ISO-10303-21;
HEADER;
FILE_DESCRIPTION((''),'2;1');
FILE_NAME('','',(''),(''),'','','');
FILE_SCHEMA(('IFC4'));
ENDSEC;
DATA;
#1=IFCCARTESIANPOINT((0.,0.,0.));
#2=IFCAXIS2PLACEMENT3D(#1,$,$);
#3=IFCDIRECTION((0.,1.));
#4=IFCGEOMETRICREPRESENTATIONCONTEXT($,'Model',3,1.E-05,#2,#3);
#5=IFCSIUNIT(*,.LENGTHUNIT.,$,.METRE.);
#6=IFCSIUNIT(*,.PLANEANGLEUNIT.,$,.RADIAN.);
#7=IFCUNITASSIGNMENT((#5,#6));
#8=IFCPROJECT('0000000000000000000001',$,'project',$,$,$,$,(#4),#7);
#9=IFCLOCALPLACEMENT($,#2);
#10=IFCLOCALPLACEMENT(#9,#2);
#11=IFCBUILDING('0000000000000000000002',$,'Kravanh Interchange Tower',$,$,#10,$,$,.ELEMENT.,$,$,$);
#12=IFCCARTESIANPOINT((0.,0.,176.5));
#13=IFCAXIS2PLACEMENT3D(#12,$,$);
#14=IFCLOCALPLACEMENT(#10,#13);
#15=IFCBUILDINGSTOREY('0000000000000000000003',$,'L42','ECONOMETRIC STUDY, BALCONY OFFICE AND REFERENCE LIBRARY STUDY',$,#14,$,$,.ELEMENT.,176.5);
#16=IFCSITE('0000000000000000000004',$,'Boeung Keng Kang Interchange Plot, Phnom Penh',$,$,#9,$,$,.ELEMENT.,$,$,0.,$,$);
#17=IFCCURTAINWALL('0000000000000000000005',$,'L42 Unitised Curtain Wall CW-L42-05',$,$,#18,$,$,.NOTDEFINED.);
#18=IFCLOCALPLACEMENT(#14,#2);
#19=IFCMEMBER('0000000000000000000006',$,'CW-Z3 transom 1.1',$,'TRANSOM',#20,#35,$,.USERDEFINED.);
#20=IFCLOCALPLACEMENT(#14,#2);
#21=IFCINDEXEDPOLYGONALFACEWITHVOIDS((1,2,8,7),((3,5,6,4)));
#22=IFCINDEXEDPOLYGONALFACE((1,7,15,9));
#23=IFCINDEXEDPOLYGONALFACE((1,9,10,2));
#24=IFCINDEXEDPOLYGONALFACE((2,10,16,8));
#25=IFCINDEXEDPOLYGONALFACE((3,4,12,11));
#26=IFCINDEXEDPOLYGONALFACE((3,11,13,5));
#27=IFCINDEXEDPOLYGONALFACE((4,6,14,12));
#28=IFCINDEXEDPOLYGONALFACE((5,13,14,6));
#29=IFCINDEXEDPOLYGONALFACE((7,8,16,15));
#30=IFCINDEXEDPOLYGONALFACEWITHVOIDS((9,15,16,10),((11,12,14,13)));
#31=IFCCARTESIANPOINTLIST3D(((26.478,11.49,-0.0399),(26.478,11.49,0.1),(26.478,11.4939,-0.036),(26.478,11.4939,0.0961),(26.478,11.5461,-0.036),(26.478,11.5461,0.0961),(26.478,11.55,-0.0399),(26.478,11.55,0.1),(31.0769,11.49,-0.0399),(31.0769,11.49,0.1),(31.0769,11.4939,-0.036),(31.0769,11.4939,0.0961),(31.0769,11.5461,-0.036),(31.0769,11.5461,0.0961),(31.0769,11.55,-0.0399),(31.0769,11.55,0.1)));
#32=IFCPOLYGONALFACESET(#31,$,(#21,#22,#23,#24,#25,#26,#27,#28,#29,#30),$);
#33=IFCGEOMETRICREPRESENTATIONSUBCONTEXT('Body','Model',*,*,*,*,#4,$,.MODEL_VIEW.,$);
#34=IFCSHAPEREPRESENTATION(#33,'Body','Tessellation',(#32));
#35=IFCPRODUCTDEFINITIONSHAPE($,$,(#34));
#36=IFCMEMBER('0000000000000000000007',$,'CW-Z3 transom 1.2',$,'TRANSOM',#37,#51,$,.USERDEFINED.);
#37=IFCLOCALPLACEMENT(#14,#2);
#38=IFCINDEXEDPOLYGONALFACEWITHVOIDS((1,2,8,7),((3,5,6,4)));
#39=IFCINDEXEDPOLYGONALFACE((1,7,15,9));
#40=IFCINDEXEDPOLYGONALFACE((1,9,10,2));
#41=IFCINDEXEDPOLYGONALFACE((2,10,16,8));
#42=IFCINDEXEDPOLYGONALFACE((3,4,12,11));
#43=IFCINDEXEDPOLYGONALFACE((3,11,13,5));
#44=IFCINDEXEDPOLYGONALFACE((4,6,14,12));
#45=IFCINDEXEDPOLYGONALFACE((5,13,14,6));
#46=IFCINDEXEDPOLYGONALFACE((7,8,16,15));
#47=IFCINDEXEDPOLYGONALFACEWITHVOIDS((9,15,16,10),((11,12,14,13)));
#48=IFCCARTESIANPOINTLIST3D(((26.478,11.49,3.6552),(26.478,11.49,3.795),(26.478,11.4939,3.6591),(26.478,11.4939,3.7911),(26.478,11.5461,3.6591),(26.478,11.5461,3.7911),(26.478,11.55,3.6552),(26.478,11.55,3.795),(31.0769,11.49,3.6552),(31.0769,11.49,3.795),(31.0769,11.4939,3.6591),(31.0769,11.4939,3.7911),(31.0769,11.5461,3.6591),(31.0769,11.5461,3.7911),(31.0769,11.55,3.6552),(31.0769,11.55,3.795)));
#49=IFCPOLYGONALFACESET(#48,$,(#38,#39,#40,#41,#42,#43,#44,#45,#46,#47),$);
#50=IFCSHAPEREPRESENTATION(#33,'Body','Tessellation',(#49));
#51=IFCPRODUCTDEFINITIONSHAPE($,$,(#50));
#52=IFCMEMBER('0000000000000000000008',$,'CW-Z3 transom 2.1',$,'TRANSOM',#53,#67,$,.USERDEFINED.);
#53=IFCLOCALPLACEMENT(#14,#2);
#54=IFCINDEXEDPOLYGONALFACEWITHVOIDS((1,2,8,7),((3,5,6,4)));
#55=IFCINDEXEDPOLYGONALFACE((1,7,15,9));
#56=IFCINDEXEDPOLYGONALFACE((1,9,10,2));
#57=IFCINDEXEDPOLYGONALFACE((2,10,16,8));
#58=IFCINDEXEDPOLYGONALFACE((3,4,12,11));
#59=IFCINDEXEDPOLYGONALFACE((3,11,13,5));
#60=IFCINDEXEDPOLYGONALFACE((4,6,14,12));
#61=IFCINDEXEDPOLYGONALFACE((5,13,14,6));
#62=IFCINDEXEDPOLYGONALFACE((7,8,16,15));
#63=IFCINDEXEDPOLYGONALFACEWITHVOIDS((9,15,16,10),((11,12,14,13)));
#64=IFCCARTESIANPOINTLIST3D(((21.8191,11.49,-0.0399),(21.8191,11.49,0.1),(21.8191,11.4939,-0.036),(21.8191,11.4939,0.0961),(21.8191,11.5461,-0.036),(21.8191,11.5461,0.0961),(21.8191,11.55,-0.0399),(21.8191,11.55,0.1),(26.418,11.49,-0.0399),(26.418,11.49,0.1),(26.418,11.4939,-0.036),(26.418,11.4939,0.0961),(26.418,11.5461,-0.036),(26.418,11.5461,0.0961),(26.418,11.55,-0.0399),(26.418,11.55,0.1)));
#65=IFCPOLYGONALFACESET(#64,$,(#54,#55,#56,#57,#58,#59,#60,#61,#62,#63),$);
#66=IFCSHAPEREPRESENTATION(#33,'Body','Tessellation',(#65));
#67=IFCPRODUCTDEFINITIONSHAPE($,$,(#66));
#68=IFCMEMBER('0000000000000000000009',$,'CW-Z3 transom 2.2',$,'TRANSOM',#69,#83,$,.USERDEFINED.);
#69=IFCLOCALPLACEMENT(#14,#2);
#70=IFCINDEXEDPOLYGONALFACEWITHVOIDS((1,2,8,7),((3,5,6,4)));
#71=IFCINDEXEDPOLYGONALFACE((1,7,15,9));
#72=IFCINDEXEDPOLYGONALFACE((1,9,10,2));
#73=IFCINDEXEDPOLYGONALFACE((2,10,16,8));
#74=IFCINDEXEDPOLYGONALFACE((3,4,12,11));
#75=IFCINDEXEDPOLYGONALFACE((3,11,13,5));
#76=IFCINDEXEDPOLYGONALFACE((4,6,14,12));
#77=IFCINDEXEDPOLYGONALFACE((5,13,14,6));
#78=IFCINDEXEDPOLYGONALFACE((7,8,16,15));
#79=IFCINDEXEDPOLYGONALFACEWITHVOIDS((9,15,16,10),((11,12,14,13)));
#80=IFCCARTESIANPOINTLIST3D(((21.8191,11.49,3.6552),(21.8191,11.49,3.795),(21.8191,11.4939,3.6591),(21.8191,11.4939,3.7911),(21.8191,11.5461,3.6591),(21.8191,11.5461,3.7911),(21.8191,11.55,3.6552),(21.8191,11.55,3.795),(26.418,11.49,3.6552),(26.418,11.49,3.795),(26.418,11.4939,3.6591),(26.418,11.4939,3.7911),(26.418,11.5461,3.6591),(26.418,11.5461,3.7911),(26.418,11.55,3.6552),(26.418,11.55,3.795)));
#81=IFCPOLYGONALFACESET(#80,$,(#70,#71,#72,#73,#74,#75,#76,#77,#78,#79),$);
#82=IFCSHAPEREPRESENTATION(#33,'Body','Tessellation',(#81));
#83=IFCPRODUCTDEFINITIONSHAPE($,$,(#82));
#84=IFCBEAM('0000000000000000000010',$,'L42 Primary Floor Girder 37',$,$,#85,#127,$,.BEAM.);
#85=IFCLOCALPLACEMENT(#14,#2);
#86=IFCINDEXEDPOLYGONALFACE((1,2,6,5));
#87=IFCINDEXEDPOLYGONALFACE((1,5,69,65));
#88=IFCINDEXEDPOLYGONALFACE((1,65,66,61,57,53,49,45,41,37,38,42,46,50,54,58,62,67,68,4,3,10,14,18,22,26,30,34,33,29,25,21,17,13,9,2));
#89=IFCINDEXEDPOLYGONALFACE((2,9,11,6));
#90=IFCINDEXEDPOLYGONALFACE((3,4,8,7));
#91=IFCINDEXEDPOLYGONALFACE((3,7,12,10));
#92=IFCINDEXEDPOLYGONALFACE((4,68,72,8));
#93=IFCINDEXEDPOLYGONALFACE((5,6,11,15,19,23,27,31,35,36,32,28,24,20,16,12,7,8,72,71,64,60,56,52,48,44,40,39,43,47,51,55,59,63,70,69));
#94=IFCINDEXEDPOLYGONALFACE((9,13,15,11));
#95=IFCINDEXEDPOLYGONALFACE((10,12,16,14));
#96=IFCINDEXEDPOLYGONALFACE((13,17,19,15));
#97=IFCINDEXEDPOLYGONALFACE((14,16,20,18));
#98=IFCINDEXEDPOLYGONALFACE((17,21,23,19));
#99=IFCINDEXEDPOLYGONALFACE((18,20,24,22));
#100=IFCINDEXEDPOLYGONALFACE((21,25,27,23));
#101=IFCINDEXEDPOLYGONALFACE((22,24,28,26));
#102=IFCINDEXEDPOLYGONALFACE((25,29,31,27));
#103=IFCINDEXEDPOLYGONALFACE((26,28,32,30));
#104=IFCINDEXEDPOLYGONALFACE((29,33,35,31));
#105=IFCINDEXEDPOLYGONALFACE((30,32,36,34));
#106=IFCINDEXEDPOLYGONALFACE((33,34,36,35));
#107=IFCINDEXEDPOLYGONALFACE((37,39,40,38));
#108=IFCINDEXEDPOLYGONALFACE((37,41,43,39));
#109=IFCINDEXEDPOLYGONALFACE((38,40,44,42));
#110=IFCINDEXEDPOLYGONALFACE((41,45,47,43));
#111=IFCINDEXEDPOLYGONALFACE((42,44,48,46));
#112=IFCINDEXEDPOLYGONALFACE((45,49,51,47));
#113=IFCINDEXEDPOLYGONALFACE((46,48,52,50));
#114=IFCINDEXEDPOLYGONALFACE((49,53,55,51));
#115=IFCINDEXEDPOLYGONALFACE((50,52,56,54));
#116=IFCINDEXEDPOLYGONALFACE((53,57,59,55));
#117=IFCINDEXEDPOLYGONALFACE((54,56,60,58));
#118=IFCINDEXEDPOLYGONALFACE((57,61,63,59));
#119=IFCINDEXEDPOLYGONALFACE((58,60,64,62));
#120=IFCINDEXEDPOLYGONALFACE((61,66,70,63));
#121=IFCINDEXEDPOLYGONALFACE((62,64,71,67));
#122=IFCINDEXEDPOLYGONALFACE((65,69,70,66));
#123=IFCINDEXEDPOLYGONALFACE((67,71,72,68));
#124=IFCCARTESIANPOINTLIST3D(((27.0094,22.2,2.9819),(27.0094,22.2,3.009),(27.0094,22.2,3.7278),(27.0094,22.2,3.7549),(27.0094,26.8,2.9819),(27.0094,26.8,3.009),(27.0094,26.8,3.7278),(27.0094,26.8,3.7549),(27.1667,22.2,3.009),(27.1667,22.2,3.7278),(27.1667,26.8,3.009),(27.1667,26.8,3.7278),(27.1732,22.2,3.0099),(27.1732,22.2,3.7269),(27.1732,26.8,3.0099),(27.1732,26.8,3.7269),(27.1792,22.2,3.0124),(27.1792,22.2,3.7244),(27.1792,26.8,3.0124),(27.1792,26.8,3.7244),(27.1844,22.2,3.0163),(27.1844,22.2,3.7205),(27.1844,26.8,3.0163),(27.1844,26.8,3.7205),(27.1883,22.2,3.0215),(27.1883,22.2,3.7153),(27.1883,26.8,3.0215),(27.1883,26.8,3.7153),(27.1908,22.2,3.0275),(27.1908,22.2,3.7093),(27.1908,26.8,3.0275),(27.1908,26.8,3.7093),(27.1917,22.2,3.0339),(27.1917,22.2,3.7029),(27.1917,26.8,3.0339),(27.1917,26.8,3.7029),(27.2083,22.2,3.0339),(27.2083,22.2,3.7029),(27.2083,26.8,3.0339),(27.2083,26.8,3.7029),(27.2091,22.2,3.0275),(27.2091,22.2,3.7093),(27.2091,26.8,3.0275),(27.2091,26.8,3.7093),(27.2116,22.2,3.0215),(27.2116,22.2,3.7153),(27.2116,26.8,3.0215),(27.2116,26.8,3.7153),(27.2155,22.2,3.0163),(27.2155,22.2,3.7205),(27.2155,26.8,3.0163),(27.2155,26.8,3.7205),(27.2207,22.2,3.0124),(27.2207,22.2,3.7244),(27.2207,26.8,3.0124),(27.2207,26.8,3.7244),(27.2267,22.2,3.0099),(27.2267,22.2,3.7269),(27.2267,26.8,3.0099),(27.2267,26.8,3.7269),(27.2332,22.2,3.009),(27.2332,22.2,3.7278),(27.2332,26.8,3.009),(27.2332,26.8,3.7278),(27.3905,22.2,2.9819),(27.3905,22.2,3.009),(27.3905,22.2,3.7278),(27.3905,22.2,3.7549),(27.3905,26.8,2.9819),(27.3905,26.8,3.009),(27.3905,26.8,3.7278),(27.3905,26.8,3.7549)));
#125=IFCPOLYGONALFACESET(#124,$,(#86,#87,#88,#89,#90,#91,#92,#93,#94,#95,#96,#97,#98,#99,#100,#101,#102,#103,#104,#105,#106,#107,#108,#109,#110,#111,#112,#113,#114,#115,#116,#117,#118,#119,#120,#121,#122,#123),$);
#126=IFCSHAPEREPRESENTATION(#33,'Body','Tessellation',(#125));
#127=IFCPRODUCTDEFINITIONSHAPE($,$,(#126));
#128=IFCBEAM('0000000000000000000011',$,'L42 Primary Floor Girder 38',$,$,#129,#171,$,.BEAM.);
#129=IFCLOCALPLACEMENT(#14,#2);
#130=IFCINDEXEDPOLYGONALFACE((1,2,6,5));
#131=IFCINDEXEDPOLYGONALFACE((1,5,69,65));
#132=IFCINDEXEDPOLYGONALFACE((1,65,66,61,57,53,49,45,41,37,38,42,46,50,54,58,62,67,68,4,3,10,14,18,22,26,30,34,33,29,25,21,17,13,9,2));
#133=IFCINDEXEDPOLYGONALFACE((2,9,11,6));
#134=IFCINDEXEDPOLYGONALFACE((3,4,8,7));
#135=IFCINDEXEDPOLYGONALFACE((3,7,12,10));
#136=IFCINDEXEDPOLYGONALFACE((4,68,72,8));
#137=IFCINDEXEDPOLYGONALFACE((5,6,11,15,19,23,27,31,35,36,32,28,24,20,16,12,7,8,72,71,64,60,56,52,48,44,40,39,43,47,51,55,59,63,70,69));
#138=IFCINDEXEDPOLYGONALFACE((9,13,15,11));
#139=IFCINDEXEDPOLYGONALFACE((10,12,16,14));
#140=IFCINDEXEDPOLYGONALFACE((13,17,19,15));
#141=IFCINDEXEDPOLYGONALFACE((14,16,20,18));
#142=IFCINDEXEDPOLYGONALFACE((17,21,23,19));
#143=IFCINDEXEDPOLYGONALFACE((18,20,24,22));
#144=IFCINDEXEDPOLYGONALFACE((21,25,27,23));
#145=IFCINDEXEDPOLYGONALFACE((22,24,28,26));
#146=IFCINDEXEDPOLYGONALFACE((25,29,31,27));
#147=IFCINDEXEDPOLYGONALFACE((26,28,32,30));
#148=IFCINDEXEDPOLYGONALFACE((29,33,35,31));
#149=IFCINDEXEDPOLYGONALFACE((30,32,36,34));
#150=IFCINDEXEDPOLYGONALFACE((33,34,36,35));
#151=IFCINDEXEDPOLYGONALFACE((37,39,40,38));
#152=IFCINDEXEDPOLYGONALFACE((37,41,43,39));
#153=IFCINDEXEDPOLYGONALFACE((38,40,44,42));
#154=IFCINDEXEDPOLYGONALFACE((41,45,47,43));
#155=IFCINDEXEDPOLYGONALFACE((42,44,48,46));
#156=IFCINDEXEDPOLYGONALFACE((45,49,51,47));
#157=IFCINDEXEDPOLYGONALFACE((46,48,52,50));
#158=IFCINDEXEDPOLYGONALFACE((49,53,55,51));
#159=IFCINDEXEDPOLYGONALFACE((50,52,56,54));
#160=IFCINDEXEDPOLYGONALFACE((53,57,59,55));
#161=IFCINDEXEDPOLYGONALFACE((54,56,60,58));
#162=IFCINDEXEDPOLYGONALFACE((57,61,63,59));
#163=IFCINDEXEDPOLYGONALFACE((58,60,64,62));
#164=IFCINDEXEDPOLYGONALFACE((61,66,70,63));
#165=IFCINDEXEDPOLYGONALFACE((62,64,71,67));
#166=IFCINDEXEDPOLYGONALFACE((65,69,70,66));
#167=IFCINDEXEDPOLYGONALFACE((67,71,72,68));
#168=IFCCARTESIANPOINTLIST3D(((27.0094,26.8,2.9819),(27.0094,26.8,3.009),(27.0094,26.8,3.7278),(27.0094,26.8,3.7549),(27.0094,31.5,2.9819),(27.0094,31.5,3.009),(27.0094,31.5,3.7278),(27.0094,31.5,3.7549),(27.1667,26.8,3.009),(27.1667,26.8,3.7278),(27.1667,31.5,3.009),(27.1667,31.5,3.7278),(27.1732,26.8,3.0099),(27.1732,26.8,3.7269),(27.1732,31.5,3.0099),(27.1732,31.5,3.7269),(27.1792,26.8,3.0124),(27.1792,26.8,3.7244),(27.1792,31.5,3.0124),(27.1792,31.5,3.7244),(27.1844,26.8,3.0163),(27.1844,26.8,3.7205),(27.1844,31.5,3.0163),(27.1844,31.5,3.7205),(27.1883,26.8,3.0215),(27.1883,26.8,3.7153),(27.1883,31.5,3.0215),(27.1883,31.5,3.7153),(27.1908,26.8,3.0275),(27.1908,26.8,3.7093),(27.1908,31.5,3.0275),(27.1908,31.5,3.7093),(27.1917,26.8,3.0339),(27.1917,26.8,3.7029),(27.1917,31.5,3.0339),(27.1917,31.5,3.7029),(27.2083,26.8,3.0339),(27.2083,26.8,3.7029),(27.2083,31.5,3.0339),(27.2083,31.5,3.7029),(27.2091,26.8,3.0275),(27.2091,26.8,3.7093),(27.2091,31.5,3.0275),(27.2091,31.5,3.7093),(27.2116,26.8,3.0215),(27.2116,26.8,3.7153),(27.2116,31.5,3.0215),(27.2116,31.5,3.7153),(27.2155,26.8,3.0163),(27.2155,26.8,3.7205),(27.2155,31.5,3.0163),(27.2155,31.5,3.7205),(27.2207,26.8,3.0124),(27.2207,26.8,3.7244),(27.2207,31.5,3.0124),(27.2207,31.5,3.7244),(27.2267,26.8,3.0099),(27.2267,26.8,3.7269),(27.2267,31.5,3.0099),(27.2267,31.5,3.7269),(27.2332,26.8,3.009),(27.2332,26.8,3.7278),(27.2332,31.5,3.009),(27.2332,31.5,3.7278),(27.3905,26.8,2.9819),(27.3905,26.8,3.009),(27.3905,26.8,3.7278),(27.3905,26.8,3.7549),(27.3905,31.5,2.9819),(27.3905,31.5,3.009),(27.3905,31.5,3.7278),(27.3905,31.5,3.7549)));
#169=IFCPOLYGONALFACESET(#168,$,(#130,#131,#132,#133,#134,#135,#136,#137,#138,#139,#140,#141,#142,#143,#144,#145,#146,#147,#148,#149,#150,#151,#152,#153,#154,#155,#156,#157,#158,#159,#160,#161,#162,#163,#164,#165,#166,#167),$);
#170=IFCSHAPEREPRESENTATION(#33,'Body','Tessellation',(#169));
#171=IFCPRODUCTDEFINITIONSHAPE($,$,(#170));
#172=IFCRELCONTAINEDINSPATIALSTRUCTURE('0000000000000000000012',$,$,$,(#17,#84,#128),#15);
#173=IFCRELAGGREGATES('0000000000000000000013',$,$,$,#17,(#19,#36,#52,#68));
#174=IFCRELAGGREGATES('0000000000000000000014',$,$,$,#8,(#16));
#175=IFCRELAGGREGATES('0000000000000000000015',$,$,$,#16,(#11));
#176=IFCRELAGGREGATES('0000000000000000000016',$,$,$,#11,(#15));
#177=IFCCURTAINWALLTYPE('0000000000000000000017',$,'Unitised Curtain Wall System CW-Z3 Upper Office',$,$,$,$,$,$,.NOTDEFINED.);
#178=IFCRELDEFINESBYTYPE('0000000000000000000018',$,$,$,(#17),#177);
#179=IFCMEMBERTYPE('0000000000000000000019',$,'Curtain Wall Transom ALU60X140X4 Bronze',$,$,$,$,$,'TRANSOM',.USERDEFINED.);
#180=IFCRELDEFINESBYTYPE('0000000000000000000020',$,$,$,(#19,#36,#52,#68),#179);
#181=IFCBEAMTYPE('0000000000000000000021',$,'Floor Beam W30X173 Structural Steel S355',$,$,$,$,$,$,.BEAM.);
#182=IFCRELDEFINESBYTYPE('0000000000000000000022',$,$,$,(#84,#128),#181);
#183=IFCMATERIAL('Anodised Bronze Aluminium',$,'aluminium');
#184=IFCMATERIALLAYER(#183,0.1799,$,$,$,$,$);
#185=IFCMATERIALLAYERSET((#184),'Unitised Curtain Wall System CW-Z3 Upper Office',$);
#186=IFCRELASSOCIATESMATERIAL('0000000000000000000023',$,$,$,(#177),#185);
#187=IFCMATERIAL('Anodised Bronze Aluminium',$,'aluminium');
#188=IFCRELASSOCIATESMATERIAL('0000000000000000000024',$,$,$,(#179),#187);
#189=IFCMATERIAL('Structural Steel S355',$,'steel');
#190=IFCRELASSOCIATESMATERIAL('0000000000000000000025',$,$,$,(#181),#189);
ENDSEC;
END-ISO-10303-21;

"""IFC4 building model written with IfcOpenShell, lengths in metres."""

from ifc_helpers import new_model, si_unit, direction, frame, origin, origin_2d, place, context, subcontext, project, spatial, hollow_rectangle, i_section, extrude, material, layer, layer_set, material_profile, profile_set, type_object, element, aggregate, save


model = new_model("IFC4")

# Units and contexts
model_context = context("Model", 3, precision=1e-05, world=origin(), true_north=direction((0.0, 1.0)))
body_context = subcontext(model_context, "Body", "Model", "MODEL_VIEW")
ifc_project = project(units=[si_unit("LENGTHUNIT", "METRE"), si_unit("PLANEANGLEUNIT", "RADIAN")], contexts=[model_context])

# Site, building, storey
site_placement = place(None, origin())
site = spatial("IfcSite", under=ifc_project, at=site_placement, Name="Boeung Keng Kang Interchange Plot, Phnom Penh", CompositionType="ELEMENT", RefElevation=0.0)
building_placement = place(site_placement, origin())
building = spatial("IfcBuilding", under=site, at=building_placement, Name="Kravanh Interchange Tower", CompositionType="ELEMENT")
storey_placement = place(building_placement, frame((0.0, 0.0, 176.5)))
storey = spatial("IfcBuildingStorey", under=building, at=storey_placement, Name="L42", Description="ECONOMETRIC STUDY, BALCONY OFFICE AND REFERENCE LIBRARY STUDY", CompositionType="ELEMENT", Elevation=176.5)

# Curtain wall
ifc_material_1 = material(Name="Anodised Bronze Aluminium", Category="aluminium")
ifc_layer_1 = layer(ifc_material_1, 0.1799)
ifc_layer_set_1 = layer_set([ifc_layer_1], Name="Unitised Curtain Wall System CW-Z3 Upper Office")
curtain_wall_type = type_object("IfcCurtainWallType", Name="Unitised Curtain Wall System CW-Z3 Upper Office", PredefinedType="NOTDEFINED", material=ifc_layer_set_1)
curtain_wall_1_placement = place(storey_placement, origin())
curtain_wall_1 = element("IfcCurtainWall", 1, at=curtain_wall_1_placement, inside=storey, type_object=curtain_wall_type, Name="L42 Unitised Curtain Wall CW-L42-05", PredefinedType="NOTDEFINED")

# Members
ifc_material_2 = material(Name="Anodised Bronze Aluminium", Category="aluminium")
ifc_material_profile_1 = material_profile(ifc_material_2, hollow_rectangle(XDim=0.0601, YDim=0.1399, WallThickness=0.0039, at=origin_2d()), Name="ALU60X140X4")
ifc_profile_set_1 = profile_set([ifc_material_profile_1], Name="Anodised Bronze Aluminium")
member_type_1 = type_object("IfcMemberType", Name="Curtain Wall Transom ALU60X140X4 Bronze", ElementType="TRANSOM", PredefinedType="USERDEFINED", material=ifc_profile_set_1)
member_1_placement = place(storey_placement, frame((31.0769, 11.52, 0.03), z_axis=(-1.0, 0.0, 0.0), x_axis=(0.0, -1.0, 0.0)))
member_1 = element("IfcMember", 2, at=member_1_placement, type_object=member_type_1, Name="CW-Z3 transom 1.1", ObjectType="TRANSOM", PredefinedType="USERDEFINED", context=body_context, shape_type="SweptSolid", body=[
    extrude(hollow_rectangle(XDim=0.0601, YDim=0.1399, WallThickness=0.0039, at=origin_2d()), origin(), (0.0, 0.0, 1.0), 4.5989),
])
member_2_placement = place(storey_placement, frame((31.0769, 11.52, 3.7251), z_axis=(-1.0, 0.0, 0.0), x_axis=(0.0, -1.0, 0.0)))
member_2 = element("IfcMember", 3, at=member_2_placement, type_object=member_type_1, Name="CW-Z3 transom 1.2", ObjectType="TRANSOM", PredefinedType="USERDEFINED", context=body_context, shape_type="SweptSolid", body=[
    extrude(hollow_rectangle(XDim=0.0601, YDim=0.1399, WallThickness=0.0039, at=origin_2d()), origin(), (0.0, 0.0, 1.0), 4.5989),
])
member_3_placement = place(storey_placement, frame((26.418, 11.52, 0.03), z_axis=(-1.0, 0.0, 0.0), x_axis=(0.0, -1.0, 0.0)))
member_3 = element("IfcMember", 4, at=member_3_placement, type_object=member_type_1, Name="CW-Z3 transom 2.1", ObjectType="TRANSOM", PredefinedType="USERDEFINED", context=body_context, shape_type="SweptSolid", body=[
    extrude(hollow_rectangle(XDim=0.0601, YDim=0.1399, WallThickness=0.0039, at=origin_2d()), origin(), (0.0, 0.0, 1.0), 4.5989),
])
member_4_placement = place(storey_placement, frame((26.418, 11.52, 3.7251), z_axis=(-1.0, 0.0, 0.0), x_axis=(0.0, -1.0, 0.0)))
member_4 = element("IfcMember", 5, at=member_4_placement, type_object=member_type_1, Name="CW-Z3 transom 2.2", ObjectType="TRANSOM", PredefinedType="USERDEFINED", context=body_context, shape_type="SweptSolid", body=[
    extrude(hollow_rectangle(XDim=0.0601, YDim=0.1399, WallThickness=0.0039, at=origin_2d()), origin(), (0.0, 0.0, 1.0), 4.5989),
])

# Beams
ifc_material_3 = material(Name="Structural Steel S355", Category="steel")
ifc_material_profile_2 = material_profile(ifc_material_3, i_section(OverallWidth=0.3811, OverallDepth=0.7729, WebThickness=0.0166, FlangeThickness=0.0271, FilletRadius=0.0249, at=origin_2d()), Name="W30X173")
ifc_profile_set_2 = profile_set([ifc_material_profile_2], Name="Structural Steel S355")
beam_type_1 = type_object("IfcBeamType", Name="Floor Beam W30X173 Structural Steel S355", PredefinedType="BEAM", material=ifc_profile_set_2)
beam_1_placement = place(storey_placement, frame((27.2, 26.8, 3.3684), z_axis=(0.0, -1.0, 0.0), x_axis=(1.0, 0.0, 0.0)))
element("IfcBeam", 6, at=beam_1_placement, inside=storey, type_object=beam_type_1, Name="L42 Primary Floor Girder 37", PredefinedType="BEAM", context=body_context, shape_type="SweptSolid", body=[
    extrude(i_section(OverallWidth=0.3811, OverallDepth=0.7729, WebThickness=0.0166, FlangeThickness=0.0271, FilletRadius=0.0249, at=origin_2d()), origin(), (0.0, 0.0, 1.0), 4.6001),
])
beam_2_placement = place(storey_placement, frame((27.2, 26.8, 3.3684), z_axis=(0.0, 1.0, 0.0), x_axis=(-1.0, 0.0, 0.0)))
element("IfcBeam", 7, at=beam_2_placement, inside=storey, type_object=beam_type_1, Name="L42 Primary Floor Girder 38", PredefinedType="BEAM", context=body_context, shape_type="SweptSolid", body=[
    extrude(i_section(OverallWidth=0.3811, OverallDepth=0.7729, WebThickness=0.0166, FlangeThickness=0.0271, FilletRadius=0.0249, at=origin_2d()), origin(), (0.0, 0.0, 1.0), 4.7),
])

aggregate(curtain_wall_1, [member_1, member_2, member_3, member_4])

save(model, "model.ifc")
